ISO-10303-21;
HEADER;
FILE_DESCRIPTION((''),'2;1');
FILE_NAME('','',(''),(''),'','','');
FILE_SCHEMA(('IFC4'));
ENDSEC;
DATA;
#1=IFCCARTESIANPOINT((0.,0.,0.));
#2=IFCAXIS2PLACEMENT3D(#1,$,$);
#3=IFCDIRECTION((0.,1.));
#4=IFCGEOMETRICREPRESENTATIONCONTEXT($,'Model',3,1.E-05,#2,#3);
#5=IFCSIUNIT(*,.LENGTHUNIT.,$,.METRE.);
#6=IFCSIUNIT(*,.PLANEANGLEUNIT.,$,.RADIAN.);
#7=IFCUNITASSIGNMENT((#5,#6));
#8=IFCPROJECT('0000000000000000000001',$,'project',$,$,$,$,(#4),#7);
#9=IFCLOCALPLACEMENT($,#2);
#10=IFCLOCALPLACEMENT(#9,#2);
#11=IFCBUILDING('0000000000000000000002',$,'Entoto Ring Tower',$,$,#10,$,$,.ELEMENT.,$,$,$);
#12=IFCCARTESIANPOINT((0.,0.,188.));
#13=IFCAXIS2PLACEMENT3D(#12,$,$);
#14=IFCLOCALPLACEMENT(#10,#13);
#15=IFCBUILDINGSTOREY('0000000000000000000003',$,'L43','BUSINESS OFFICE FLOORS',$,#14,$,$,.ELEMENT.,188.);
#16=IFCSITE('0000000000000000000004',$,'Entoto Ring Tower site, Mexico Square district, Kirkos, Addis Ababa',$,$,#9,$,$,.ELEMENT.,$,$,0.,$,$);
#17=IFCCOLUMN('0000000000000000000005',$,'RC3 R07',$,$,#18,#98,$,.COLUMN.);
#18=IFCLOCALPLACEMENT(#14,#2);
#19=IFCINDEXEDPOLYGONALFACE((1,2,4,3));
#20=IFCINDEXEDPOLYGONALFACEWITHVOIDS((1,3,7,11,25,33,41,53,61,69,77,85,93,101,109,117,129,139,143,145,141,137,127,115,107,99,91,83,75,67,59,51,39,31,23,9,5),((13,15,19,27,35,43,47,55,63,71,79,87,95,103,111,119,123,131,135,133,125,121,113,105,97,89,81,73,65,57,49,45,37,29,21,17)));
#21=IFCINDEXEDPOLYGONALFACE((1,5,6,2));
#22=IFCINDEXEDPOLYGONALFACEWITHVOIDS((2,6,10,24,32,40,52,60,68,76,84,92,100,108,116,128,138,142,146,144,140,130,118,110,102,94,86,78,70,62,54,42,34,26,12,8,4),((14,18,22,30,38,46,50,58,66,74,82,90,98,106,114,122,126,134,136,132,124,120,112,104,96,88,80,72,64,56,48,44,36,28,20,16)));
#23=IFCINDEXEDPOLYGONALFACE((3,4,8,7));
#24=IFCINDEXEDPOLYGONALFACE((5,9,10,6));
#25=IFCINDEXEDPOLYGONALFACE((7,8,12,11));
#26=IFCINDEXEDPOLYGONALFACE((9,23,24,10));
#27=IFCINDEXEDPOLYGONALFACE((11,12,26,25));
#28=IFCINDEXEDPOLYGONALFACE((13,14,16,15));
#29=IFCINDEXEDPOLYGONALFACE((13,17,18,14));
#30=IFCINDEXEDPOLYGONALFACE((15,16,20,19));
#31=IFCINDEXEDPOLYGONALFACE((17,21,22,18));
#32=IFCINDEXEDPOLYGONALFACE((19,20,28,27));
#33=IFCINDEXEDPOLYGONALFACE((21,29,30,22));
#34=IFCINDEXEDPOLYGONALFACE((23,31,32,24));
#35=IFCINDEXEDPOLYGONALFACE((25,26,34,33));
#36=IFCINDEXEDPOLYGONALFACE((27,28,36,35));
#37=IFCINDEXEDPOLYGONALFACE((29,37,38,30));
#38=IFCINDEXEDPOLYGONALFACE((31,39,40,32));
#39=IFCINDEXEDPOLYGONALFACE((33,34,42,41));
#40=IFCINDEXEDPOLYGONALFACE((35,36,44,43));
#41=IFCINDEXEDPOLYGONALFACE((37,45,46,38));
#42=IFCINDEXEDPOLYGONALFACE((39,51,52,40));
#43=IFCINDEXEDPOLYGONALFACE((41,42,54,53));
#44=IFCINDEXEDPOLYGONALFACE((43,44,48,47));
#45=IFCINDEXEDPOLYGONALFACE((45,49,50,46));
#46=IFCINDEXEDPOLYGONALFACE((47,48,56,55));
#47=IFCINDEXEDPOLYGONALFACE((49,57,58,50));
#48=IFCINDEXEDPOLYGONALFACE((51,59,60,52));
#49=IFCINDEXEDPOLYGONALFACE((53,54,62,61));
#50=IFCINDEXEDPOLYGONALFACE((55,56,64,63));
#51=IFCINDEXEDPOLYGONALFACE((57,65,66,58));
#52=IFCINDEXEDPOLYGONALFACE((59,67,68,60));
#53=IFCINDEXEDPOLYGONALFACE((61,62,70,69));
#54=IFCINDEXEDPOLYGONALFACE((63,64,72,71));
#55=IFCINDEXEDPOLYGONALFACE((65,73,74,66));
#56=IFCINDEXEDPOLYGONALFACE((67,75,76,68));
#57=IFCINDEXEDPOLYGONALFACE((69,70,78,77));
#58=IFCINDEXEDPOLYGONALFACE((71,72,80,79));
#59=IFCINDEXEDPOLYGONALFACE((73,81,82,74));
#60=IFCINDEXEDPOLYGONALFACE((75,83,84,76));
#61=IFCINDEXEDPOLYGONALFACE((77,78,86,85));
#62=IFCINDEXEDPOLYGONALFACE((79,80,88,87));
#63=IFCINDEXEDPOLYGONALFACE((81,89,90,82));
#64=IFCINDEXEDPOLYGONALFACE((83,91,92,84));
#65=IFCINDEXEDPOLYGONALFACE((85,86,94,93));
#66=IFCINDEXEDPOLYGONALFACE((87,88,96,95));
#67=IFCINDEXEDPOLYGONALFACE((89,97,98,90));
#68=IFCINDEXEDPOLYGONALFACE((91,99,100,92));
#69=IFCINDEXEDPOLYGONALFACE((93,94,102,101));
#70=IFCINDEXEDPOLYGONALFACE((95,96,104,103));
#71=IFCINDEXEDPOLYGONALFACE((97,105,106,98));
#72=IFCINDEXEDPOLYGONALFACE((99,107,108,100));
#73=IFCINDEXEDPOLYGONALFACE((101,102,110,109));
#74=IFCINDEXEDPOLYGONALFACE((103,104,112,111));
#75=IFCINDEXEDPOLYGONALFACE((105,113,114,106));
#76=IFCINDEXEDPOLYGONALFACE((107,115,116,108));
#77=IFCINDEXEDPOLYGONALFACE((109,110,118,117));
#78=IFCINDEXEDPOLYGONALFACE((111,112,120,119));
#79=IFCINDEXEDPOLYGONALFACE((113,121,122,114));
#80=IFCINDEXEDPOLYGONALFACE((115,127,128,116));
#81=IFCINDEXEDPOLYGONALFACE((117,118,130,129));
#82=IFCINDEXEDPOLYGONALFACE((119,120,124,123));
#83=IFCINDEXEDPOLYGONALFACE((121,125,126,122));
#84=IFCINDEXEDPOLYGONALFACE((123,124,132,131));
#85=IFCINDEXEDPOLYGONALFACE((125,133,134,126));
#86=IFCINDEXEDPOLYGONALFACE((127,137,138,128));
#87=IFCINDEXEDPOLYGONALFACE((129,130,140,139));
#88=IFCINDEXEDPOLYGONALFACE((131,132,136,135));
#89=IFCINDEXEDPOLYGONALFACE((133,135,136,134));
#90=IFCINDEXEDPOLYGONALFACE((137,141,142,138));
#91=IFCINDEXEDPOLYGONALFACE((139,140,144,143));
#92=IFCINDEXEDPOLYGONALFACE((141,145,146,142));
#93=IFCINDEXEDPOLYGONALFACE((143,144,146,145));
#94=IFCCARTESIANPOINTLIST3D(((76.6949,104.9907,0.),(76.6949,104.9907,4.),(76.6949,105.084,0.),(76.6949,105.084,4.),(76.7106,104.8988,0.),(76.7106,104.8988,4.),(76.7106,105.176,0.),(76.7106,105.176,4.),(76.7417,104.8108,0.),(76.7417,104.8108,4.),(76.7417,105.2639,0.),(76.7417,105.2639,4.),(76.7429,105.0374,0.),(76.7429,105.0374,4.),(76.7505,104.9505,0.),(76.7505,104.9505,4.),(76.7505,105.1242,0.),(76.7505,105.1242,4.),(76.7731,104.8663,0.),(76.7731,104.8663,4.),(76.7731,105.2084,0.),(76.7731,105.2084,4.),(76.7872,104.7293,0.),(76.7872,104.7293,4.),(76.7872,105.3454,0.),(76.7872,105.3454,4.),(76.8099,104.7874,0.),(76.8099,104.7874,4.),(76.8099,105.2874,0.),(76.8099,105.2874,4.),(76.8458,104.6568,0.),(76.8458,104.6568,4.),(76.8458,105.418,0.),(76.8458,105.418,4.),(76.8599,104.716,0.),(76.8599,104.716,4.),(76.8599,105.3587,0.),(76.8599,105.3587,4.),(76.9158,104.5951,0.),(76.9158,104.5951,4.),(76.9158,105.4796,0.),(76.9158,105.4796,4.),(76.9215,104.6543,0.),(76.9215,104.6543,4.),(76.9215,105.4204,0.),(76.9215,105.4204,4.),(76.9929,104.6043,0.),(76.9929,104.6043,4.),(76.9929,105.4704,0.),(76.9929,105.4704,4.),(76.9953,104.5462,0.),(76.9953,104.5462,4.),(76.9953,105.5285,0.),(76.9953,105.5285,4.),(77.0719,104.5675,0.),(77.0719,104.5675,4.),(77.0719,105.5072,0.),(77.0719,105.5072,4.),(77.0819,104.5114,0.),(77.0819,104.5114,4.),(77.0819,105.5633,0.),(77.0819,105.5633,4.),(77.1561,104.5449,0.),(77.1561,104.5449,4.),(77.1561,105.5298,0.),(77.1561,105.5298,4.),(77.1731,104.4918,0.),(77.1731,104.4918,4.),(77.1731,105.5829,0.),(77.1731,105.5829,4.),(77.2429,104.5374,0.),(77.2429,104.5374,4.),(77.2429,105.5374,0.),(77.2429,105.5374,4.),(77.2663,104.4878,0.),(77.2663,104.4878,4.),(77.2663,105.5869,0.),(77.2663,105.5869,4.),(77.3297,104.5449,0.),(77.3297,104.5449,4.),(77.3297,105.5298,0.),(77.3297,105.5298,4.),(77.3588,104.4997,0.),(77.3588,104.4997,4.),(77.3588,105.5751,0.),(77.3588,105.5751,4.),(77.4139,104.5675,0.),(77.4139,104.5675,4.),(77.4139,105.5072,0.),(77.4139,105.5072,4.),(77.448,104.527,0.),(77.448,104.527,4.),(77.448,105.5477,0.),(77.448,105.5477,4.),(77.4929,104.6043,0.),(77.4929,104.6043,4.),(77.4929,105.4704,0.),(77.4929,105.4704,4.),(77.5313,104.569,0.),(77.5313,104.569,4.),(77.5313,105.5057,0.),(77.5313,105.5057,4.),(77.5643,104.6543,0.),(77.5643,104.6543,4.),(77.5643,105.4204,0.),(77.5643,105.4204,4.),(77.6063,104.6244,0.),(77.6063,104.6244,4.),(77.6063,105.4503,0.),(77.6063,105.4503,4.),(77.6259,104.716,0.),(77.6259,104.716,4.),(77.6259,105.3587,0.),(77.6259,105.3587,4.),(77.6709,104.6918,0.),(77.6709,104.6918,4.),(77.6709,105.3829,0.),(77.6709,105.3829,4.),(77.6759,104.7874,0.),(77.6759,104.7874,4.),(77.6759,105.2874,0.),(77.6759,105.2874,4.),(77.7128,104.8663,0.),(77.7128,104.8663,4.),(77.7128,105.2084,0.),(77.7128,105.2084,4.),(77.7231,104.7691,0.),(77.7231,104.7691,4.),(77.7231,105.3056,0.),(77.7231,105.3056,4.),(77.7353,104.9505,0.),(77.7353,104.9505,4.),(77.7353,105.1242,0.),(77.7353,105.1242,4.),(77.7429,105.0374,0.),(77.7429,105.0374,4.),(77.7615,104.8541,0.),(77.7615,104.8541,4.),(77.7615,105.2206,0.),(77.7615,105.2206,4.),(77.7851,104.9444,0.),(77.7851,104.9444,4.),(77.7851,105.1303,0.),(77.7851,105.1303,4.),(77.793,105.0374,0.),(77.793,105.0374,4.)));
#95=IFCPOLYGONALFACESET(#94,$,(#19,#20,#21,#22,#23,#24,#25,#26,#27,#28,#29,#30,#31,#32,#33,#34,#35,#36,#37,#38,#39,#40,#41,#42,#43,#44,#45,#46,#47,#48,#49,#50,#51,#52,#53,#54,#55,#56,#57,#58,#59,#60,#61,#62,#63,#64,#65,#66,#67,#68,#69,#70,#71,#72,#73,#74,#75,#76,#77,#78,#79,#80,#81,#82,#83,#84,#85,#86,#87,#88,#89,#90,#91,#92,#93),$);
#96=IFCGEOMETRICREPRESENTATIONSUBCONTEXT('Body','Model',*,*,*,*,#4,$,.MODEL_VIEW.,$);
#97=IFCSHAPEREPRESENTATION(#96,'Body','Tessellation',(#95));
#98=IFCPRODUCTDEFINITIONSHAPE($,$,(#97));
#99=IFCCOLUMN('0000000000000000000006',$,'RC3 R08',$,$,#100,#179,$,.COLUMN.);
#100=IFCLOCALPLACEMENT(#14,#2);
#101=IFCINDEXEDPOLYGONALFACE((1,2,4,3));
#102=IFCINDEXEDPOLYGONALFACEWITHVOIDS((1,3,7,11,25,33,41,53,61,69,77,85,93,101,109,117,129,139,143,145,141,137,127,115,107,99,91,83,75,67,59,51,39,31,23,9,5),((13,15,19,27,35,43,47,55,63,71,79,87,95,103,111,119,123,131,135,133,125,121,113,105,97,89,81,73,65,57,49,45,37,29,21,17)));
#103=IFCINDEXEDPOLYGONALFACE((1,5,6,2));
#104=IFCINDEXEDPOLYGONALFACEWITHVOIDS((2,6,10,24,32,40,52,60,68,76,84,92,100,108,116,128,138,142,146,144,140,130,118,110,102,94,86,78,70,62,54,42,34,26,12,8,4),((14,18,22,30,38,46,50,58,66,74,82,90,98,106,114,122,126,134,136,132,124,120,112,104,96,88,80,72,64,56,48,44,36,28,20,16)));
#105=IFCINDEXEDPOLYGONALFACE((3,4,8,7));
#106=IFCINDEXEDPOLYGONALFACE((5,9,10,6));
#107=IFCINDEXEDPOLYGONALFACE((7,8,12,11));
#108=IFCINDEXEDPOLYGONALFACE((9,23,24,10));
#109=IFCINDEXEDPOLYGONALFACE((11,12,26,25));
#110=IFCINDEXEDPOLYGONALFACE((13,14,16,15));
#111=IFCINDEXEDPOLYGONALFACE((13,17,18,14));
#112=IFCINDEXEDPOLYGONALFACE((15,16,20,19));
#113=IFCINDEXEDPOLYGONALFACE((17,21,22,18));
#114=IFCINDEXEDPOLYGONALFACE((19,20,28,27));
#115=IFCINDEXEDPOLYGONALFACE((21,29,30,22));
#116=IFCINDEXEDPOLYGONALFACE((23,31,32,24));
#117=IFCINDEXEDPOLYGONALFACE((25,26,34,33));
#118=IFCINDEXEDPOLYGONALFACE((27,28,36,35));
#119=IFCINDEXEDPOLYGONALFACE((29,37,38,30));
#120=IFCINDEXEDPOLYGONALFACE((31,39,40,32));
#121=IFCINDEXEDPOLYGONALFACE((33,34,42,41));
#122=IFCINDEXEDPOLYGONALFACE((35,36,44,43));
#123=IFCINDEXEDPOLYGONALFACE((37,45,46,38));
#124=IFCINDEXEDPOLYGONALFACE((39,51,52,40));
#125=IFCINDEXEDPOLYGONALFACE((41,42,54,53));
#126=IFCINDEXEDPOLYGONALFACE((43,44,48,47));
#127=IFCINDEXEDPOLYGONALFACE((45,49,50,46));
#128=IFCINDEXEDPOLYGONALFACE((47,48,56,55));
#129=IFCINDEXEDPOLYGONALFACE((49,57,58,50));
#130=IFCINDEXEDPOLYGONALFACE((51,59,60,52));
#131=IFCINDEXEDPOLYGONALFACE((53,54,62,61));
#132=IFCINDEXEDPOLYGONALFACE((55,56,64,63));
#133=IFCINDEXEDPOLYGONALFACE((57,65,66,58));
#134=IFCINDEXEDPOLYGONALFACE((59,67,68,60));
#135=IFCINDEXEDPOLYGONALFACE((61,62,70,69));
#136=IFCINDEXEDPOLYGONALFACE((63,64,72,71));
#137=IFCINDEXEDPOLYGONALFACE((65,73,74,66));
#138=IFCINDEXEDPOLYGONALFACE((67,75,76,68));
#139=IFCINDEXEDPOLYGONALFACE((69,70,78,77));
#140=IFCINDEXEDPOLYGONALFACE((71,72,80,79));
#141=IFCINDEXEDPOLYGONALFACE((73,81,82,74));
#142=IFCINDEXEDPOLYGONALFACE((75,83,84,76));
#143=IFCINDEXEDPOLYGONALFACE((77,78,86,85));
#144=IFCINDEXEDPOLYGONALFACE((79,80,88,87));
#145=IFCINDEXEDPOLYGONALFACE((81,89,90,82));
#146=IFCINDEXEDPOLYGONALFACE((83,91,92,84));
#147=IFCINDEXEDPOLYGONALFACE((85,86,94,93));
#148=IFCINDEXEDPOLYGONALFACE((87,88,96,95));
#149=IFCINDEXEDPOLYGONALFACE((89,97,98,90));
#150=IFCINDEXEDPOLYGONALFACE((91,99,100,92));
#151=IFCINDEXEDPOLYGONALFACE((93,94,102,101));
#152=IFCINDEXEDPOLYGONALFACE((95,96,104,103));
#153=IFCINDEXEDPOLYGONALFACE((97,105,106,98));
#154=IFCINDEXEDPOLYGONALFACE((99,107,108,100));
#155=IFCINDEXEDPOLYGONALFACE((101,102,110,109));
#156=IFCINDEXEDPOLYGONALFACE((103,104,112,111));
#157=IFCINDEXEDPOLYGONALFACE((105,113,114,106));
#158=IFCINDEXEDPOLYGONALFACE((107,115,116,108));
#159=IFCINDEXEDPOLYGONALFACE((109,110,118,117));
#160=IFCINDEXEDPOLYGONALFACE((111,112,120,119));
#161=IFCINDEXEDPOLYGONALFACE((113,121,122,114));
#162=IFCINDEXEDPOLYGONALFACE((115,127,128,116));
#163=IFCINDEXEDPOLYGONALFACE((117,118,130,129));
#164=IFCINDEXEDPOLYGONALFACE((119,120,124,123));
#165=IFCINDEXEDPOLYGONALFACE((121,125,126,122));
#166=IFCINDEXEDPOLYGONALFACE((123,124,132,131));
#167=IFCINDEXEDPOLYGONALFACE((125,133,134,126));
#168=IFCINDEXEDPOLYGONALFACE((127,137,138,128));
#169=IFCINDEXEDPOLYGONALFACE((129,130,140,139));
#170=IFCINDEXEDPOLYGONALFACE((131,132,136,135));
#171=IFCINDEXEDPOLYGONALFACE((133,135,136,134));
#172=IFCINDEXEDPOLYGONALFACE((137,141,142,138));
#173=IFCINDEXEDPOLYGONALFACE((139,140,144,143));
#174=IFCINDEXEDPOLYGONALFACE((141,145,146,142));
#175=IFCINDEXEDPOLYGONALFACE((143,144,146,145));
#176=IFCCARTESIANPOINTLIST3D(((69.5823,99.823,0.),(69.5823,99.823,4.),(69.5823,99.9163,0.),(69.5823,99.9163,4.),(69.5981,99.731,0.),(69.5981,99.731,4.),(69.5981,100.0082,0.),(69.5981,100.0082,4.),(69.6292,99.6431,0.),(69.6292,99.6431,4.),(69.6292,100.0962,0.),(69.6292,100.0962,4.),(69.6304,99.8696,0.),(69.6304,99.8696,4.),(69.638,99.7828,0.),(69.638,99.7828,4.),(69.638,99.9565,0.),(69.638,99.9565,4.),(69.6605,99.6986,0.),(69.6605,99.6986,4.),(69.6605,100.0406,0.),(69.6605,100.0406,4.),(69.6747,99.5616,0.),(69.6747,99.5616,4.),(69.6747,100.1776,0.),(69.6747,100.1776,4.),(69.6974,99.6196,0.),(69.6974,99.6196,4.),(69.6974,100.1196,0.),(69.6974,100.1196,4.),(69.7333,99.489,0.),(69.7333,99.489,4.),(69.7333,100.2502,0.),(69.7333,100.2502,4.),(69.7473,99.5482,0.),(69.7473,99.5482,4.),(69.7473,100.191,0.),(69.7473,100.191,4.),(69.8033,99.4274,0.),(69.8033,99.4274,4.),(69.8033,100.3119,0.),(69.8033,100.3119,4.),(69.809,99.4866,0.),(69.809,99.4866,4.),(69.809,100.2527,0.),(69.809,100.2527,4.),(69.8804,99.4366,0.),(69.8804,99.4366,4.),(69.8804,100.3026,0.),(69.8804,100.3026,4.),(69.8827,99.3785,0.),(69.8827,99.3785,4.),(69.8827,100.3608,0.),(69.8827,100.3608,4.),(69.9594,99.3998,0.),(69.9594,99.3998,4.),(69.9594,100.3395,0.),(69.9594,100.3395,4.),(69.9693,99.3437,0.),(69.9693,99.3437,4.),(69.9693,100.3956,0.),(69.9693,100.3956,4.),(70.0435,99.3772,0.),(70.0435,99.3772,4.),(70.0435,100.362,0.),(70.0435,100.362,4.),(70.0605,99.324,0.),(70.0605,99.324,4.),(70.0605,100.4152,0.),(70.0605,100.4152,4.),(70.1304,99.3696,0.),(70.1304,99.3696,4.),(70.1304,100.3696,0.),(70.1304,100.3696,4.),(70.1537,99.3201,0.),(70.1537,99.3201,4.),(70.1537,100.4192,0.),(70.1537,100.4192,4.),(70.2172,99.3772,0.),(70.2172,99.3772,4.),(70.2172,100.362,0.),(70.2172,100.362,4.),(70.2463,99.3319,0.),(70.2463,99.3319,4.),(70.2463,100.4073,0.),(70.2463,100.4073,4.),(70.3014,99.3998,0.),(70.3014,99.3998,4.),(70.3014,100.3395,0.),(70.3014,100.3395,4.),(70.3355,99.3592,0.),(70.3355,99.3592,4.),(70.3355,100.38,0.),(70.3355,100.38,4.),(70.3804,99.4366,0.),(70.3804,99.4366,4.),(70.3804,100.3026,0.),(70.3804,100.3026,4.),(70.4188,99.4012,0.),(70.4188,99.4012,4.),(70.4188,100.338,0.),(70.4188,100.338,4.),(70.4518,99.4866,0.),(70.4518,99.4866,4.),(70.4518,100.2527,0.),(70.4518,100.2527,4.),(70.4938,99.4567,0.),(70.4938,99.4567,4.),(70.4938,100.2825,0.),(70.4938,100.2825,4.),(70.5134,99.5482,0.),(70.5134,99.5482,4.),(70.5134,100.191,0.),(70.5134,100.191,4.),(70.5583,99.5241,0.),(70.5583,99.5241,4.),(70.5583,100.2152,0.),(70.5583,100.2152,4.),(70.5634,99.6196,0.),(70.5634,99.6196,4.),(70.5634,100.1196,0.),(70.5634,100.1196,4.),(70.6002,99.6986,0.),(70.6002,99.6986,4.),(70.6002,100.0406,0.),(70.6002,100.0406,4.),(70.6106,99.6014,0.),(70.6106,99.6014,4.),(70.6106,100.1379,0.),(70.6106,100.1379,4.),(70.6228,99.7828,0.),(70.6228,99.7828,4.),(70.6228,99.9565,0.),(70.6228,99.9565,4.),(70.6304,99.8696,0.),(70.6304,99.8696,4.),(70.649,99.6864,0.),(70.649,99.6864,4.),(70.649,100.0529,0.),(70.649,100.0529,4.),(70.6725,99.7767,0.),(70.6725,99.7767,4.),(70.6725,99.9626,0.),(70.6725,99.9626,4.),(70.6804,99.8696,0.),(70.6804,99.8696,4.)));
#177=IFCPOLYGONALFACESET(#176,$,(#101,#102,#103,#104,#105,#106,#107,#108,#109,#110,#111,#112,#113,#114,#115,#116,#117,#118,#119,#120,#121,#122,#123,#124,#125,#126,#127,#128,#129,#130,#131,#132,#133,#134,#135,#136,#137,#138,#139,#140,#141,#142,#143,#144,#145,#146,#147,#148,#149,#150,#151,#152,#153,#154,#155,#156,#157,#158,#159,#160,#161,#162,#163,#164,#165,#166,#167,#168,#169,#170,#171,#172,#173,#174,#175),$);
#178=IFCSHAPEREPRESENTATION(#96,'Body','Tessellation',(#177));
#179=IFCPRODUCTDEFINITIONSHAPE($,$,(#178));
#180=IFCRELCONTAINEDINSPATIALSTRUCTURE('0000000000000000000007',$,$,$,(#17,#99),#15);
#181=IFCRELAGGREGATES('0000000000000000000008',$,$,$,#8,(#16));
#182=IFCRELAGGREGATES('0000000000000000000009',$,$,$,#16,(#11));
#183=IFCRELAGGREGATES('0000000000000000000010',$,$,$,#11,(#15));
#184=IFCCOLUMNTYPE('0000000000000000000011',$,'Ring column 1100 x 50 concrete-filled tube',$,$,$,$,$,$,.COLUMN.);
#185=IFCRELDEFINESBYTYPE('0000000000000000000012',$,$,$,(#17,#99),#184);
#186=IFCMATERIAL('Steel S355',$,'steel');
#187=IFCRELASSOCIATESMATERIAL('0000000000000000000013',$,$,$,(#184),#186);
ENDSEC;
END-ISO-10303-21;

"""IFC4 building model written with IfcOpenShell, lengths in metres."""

from ifc_helpers import new_model, si_unit, direction, frame, origin, origin_2d, place, context, subcontext, project, spatial, circle, hollow_circle, extrude, material, material_profile, profile_set, type_object, element, save


model = new_model("IFC4")

# Units and contexts
model_context = context("Model", 3, precision=1e-05, world=origin(), true_north=direction((0.0, 1.0)))
body_context = subcontext(model_context, "Body", "Model", "MODEL_VIEW")
ifc_project = project(units=[si_unit("LENGTHUNIT", "METRE"), si_unit("PLANEANGLEUNIT", "RADIAN")], contexts=[model_context])

# Site, building, storey
site_placement = place(None, origin())
site = spatial("IfcSite", under=ifc_project, at=site_placement, Name="Entoto Ring Tower site, Mexico Square district, Kirkos, Addis Ababa", CompositionType="ELEMENT", RefElevation=0.0)
building_placement = place(site_placement, origin())
building = spatial("IfcBuilding", under=site, at=building_placement, Name="Entoto Ring Tower", CompositionType="ELEMENT")
storey_placement = place(building_placement, frame((0.0, 0.0, 188.0)))
storey = spatial("IfcBuildingStorey", under=building, at=storey_placement, Name="L43", Description="BUSINESS OFFICE FLOORS", CompositionType="ELEMENT", Elevation=188.0)

# Columns
ifc_material_1 = material(Name="Steel S355", Category="steel")
ifc_material_profile_1 = material_profile(ifc_material_1, hollow_circle(Radius=0.55, WallThickness=0.05, at=origin_2d()), Name="CHS 1100 x 50")
ifc_material_2 = material(Name="Concrete C60/75", Category="concrete")
ifc_material_profile_2 = material_profile(ifc_material_2, circle(Radius=0.5, at=origin_2d()), Name="Concrete C60/75 infill")
ifc_profile_set_1 = profile_set([ifc_material_profile_1, ifc_material_profile_2], Name="Steel S355")
column_type = type_object("IfcColumnType", Name="Ring column 1100 x 50 concrete-filled tube", PredefinedType="COLUMN", material=ifc_profile_set_1)
for number, where, z_axis, x_axis, name in (
    (1, (77.2429, 105.0374, 0.0), (0.0, 0.0, 1.0), (1.0, 0.0, 0.0), "RC3 R07"),
    (2, (70.1304, 99.8696, 0.0), (0.0, 0.0, 1.0), (1.0, 0.0, 0.0), "RC3 R08"),
):
    element("IfcColumn", number, at=place(storey_placement, frame(where, z_axis=z_axis, x_axis=x_axis)), inside=storey, type_object=column_type, Name=name, PredefinedType="COLUMN", context=body_context, shape_type="SweptSolid", body=[
        extrude(hollow_circle(Radius=0.55, WallThickness=0.05, at=origin_2d()), origin(), (0.0, 0.0, 1.0), 4.0),
    ])

save(model, "model.ifc")
